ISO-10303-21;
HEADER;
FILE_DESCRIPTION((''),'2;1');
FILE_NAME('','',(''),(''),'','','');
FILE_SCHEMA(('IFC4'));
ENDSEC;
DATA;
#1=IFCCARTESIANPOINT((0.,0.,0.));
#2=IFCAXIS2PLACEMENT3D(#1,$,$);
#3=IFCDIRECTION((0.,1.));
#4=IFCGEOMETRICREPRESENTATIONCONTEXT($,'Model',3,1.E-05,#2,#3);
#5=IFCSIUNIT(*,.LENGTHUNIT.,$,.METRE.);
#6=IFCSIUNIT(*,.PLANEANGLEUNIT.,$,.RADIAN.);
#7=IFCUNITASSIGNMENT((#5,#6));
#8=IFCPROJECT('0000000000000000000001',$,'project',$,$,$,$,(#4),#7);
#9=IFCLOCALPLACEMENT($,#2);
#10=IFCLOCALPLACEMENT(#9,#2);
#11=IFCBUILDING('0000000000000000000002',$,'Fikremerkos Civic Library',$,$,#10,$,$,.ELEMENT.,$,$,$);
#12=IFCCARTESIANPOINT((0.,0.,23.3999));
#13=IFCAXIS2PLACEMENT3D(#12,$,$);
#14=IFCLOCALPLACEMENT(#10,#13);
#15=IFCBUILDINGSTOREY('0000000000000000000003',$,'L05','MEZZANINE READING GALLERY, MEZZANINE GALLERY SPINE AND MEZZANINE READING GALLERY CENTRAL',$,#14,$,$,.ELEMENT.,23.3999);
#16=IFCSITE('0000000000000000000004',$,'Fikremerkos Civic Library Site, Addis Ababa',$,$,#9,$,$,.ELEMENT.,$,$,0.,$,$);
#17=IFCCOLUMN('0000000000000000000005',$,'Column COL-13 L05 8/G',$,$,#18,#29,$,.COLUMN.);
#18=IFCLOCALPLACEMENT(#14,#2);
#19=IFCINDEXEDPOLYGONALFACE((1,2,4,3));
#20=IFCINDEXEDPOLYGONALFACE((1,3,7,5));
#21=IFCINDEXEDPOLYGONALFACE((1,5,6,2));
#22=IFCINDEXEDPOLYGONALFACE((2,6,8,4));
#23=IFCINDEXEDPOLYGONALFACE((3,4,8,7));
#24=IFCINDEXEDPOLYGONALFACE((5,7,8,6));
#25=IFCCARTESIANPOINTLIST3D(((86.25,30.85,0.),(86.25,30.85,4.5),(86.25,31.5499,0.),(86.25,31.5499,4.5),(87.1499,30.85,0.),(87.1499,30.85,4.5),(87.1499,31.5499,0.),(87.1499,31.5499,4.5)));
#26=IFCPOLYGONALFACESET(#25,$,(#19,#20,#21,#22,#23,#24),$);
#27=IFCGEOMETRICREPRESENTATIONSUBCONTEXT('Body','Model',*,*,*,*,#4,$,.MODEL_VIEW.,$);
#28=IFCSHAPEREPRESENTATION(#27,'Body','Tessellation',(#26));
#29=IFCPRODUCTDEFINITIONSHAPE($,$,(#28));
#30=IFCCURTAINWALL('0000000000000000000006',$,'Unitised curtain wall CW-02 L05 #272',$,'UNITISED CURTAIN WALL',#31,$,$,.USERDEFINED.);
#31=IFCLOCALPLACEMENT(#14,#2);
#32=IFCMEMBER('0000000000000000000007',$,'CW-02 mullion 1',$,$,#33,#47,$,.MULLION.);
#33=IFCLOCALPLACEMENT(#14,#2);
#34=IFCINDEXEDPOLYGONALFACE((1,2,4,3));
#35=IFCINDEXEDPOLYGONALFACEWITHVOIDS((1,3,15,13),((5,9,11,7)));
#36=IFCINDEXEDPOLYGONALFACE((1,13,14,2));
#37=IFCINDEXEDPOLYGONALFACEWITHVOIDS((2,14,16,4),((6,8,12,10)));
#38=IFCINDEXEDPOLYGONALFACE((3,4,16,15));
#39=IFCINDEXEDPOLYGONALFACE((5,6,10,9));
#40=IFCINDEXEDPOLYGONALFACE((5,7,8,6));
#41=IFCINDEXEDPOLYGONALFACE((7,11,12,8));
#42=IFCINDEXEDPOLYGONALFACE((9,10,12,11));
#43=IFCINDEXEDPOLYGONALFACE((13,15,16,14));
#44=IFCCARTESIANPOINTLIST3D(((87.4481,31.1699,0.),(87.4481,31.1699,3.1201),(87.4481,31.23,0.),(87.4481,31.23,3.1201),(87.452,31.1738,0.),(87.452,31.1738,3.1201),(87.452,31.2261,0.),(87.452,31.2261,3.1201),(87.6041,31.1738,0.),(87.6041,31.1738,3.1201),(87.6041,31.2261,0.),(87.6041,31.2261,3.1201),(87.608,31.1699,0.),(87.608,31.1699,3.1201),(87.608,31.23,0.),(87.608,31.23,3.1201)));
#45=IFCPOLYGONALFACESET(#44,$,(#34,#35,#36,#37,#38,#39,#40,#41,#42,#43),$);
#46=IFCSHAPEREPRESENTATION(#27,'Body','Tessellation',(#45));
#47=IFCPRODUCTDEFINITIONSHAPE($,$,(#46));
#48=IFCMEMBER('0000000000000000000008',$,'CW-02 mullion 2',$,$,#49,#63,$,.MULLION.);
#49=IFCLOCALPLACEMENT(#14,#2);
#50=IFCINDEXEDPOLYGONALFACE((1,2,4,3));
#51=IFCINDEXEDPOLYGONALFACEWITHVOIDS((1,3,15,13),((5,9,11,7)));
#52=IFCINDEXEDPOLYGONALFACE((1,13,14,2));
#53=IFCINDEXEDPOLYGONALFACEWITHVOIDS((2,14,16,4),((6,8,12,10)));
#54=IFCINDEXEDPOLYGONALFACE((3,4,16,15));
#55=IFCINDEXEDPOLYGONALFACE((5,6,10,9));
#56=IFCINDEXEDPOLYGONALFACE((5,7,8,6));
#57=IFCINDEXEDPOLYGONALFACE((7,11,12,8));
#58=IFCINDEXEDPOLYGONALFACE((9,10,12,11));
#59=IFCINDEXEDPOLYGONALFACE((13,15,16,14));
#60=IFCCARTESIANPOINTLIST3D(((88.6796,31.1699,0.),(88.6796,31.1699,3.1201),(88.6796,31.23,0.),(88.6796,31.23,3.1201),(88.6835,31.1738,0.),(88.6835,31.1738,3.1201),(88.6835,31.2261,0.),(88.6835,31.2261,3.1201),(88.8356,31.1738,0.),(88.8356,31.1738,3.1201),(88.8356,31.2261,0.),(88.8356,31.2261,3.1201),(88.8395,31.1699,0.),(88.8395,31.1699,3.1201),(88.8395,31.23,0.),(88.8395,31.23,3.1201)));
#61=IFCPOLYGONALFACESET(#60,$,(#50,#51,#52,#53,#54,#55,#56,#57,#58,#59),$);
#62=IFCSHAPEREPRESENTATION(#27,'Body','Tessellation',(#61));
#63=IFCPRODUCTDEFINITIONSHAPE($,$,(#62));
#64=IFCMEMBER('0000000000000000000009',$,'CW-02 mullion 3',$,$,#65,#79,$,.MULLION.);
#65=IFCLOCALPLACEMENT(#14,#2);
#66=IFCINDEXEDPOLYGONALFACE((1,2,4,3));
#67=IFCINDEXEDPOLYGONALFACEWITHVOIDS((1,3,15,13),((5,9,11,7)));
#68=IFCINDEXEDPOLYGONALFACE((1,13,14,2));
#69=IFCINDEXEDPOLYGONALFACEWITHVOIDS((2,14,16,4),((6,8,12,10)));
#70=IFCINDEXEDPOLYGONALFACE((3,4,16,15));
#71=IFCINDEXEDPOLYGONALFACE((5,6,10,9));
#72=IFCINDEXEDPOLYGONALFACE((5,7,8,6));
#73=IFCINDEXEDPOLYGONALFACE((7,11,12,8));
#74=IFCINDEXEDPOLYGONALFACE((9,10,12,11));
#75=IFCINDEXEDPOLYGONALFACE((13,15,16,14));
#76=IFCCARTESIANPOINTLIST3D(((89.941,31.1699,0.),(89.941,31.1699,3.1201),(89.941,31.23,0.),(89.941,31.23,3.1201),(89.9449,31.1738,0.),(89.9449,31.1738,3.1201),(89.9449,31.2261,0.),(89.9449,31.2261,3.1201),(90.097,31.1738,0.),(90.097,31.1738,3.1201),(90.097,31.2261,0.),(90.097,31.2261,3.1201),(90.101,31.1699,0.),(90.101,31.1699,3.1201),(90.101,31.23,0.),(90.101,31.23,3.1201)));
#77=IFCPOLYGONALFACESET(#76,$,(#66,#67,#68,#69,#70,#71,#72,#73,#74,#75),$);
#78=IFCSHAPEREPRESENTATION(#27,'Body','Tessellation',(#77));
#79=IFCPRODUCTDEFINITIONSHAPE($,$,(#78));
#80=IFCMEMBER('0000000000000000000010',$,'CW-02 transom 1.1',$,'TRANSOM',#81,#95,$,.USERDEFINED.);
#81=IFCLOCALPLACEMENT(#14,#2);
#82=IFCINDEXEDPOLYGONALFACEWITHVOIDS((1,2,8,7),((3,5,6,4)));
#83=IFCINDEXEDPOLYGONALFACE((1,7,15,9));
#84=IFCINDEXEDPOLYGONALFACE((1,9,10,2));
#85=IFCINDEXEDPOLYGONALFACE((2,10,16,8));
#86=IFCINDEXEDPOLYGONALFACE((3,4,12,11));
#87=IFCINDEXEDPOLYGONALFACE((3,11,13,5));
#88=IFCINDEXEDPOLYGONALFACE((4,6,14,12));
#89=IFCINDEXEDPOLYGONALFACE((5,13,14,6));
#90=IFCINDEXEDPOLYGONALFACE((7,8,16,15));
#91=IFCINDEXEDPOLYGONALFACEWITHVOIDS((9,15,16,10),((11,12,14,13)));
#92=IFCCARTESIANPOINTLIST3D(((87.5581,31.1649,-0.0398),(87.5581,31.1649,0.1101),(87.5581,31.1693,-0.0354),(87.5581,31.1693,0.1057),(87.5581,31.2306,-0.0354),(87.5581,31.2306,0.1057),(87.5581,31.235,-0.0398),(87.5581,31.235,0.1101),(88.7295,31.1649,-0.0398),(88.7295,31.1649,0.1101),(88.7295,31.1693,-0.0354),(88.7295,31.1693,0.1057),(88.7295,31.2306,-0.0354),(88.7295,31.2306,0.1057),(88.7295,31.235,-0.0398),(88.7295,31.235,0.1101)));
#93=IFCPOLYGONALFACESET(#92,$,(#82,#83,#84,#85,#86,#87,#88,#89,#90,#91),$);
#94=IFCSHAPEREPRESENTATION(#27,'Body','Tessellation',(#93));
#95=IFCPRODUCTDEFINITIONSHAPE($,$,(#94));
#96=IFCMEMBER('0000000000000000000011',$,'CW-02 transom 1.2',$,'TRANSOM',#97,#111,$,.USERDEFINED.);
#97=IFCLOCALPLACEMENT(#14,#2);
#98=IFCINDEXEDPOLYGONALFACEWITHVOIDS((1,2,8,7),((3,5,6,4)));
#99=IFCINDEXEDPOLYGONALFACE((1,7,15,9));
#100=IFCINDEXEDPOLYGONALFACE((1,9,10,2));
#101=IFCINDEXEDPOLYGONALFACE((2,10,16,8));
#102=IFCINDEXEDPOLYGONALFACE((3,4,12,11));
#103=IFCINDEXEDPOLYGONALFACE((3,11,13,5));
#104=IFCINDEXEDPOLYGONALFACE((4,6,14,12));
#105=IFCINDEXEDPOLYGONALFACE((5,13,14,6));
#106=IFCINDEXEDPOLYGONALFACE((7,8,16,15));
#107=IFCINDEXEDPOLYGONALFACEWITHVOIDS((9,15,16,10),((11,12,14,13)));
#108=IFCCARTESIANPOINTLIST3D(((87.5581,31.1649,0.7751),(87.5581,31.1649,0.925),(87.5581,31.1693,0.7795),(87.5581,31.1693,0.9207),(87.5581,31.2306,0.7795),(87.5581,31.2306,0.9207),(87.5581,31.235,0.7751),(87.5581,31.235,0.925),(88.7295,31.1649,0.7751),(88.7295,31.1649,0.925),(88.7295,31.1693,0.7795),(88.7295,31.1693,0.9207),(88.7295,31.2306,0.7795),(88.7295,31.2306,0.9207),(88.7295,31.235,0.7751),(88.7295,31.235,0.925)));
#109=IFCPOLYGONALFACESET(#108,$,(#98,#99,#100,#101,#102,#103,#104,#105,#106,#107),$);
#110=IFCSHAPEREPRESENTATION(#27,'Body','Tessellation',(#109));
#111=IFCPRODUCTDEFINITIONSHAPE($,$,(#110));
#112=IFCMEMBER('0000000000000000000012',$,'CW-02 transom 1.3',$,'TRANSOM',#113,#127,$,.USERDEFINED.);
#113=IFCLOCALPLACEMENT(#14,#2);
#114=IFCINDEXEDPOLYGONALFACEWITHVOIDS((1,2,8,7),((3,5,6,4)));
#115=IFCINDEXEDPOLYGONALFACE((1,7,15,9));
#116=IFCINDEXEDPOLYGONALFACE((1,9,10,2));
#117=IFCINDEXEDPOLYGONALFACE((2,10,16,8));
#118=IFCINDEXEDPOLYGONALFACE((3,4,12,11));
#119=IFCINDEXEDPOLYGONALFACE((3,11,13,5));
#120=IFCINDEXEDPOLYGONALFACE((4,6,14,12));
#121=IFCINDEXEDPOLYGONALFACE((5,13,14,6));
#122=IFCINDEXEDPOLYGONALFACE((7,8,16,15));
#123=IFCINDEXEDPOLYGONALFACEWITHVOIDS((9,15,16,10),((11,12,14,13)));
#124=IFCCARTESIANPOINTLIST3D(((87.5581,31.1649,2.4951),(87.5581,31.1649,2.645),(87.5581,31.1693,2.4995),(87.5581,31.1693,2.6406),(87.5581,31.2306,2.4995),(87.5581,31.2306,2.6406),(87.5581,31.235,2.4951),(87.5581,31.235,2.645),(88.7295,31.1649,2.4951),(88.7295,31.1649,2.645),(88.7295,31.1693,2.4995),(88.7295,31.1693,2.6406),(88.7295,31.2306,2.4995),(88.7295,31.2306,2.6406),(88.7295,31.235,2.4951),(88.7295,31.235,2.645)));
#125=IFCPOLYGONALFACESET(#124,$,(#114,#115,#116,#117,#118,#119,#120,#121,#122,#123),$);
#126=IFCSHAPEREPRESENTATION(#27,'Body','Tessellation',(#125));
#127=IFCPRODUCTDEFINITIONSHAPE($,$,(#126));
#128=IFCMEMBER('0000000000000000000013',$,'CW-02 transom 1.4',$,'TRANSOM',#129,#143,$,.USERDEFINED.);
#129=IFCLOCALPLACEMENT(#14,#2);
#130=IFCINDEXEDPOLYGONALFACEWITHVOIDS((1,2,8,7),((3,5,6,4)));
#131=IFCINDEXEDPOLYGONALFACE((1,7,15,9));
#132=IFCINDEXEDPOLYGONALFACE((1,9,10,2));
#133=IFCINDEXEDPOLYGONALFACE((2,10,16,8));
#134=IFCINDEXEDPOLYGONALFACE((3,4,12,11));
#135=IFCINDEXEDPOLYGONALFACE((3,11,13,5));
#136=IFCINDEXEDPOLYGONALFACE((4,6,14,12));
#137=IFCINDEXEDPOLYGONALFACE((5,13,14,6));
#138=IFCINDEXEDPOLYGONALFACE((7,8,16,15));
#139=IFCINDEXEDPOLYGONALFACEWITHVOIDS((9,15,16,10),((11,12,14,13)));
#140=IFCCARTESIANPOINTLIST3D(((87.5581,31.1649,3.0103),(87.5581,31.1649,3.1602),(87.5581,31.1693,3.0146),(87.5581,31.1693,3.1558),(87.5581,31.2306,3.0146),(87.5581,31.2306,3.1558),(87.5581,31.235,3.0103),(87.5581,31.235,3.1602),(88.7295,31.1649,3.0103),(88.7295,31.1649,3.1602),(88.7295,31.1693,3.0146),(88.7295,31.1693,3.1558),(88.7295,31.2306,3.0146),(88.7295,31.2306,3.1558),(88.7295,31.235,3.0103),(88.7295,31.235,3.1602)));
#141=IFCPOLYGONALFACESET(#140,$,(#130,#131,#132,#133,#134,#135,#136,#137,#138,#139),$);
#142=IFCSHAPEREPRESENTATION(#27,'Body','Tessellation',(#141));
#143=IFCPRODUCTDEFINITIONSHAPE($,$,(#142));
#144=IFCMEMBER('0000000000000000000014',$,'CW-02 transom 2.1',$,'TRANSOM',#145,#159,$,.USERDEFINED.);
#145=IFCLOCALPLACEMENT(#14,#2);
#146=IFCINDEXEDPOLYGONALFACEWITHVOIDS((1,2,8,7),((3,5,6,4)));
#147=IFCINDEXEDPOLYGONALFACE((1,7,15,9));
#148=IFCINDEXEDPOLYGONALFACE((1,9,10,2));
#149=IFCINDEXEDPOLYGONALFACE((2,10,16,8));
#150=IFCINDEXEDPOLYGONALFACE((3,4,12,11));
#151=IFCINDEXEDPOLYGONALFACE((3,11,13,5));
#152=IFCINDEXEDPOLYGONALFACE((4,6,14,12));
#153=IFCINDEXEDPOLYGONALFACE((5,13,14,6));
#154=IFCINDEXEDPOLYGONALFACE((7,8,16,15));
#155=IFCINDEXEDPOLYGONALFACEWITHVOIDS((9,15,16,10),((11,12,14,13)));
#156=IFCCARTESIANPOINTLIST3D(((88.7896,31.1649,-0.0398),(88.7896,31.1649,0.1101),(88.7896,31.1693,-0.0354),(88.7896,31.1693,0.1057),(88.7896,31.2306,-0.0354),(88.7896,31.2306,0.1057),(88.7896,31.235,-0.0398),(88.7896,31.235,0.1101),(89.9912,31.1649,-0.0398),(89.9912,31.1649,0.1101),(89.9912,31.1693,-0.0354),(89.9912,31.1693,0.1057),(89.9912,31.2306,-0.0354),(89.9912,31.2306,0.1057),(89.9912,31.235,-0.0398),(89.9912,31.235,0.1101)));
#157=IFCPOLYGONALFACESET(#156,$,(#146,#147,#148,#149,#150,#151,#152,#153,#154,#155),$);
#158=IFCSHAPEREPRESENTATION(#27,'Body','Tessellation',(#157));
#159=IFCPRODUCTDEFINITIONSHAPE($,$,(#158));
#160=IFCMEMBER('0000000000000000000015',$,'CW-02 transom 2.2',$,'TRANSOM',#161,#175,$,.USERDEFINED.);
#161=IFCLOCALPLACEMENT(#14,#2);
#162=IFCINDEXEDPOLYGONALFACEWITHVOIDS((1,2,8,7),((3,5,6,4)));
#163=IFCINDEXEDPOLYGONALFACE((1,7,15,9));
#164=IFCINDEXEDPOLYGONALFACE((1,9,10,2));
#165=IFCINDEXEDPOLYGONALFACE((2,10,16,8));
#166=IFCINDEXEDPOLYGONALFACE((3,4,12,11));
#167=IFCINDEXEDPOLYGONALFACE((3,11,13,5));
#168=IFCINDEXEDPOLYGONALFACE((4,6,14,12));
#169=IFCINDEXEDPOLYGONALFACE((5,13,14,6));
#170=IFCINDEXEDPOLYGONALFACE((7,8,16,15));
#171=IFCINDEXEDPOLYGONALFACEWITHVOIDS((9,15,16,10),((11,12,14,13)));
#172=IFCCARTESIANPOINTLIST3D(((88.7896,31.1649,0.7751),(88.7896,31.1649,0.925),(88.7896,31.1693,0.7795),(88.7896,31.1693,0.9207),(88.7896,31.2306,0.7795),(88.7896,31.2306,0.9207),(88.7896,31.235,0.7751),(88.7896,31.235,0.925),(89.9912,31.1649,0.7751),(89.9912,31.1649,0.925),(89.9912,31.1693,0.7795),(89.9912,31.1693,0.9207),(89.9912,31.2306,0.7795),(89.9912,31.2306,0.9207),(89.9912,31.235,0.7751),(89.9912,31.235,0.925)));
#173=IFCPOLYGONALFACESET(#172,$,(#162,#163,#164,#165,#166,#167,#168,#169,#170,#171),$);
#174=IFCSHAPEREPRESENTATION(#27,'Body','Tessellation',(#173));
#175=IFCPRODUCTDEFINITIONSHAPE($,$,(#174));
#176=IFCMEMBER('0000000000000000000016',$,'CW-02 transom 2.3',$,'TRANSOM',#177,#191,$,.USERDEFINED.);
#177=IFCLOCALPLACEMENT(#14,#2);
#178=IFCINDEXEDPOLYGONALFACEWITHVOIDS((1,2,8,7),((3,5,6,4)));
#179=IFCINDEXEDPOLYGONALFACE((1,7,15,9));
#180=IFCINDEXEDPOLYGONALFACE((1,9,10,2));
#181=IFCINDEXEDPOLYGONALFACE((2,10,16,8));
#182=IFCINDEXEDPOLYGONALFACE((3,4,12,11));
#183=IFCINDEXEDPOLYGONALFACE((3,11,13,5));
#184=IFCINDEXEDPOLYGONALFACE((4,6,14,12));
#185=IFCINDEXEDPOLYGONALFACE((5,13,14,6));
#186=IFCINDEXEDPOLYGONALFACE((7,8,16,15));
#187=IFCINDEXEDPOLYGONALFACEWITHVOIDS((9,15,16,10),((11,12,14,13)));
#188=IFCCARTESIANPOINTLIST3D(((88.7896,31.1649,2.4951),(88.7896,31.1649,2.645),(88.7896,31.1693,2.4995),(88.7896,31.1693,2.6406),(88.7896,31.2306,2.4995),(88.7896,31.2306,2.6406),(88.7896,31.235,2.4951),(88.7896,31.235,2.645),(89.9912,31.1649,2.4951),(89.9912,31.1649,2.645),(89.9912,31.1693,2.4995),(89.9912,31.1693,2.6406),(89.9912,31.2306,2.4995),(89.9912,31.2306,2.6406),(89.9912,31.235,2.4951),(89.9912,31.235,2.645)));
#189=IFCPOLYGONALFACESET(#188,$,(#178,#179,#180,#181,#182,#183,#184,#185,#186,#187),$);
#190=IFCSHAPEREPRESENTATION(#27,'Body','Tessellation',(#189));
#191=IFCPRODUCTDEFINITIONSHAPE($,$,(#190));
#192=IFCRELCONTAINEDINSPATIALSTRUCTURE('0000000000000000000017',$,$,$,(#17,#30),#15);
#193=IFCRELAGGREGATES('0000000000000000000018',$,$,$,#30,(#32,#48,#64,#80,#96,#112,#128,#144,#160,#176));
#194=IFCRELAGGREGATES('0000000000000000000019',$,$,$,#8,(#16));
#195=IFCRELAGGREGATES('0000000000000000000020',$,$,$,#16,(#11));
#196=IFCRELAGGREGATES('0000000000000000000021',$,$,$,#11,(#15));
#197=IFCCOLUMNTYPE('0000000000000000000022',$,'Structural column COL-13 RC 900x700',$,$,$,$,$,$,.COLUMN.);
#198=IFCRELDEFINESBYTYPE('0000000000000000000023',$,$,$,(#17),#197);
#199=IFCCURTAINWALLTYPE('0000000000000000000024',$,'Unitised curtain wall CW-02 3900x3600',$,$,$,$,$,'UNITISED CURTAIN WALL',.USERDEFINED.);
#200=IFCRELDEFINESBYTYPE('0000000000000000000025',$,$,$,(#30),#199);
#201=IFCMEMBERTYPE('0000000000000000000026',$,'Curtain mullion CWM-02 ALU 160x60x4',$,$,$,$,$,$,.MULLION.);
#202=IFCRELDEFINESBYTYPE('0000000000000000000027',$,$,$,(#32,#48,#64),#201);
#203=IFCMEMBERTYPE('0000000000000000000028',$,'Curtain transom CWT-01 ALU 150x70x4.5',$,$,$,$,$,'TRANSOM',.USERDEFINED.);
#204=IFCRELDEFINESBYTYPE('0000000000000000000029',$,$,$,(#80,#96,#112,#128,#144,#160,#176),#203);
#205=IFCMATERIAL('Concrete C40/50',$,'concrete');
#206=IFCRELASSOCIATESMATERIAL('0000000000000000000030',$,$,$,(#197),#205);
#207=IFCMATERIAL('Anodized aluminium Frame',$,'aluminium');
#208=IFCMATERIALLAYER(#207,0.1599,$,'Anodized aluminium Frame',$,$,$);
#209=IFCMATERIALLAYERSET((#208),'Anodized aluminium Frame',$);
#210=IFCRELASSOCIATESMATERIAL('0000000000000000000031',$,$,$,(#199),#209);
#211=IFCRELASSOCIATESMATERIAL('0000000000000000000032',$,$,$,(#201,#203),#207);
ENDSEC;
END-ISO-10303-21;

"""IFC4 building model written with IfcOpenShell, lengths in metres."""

from ifc_helpers import new_model, si_unit, direction, frame, origin, origin_2d, place, context, subcontext, project, spatial, rectangle, hollow_rectangle, extrude, material, layer, layer_set, material_profile, profile_set, type_object, element, aggregate, save


model = new_model("IFC4")

# Units and contexts
model_context = context("Model", 3, precision=1e-05, world=origin(), true_north=direction((0.0, 1.0)))
body_context = subcontext(model_context, "Body", "Model", "MODEL_VIEW")
ifc_project = project(units=[si_unit("LENGTHUNIT", "METRE"), si_unit("PLANEANGLEUNIT", "RADIAN")], contexts=[model_context])

# Site, building, storey
site_placement = place(None, origin())
site = spatial("IfcSite", under=ifc_project, at=site_placement, Name="Fikremerkos Civic Library Site, Addis Ababa", CompositionType="ELEMENT", RefElevation=0.0)
building_placement = place(site_placement, origin())
building = spatial("IfcBuilding", under=site, at=building_placement, Name="Fikremerkos Civic Library", CompositionType="ELEMENT")
storey_placement = place(building_placement, frame((0.0, 0.0, 23.3999)))
storey = spatial("IfcBuildingStorey", under=building, at=storey_placement, Name="L05", Description="MEZZANINE READING GALLERY, MEZZANINE GALLERY SPINE AND MEZZANINE READING GALLERY CENTRAL", CompositionType="ELEMENT", Elevation=23.3999)

# Column
ifc_material_1 = material(Name="Concrete C40/50", Category="concrete")
ifc_material_profile_1 = material_profile(ifc_material_1, rectangle(XDim=0.8999, YDim=0.7, at=origin_2d()), Name="RC 900x700")
ifc_profile_set_1 = profile_set([ifc_material_profile_1], Name="Concrete C40/50")
column_type = type_object("IfcColumnType", Name="Structural column COL-13 RC 900x700", PredefinedType="COLUMN", material=ifc_profile_set_1)
column_placement = place(storey_placement, frame((86.7, 31.2, 0.0), z_axis=(0.0, 0.0, 1.0), x_axis=(1.0, 0.0, 0.0)))
element("IfcColumn", 1, at=column_placement, inside=storey, type_object=column_type, Name="Column COL-13 L05 8/G", PredefinedType="COLUMN", context=body_context, shape_type="SweptSolid", body=[
    extrude(rectangle(XDim=0.8999, YDim=0.7, at=origin_2d()), origin(), (0.0, 0.0, 1.0), 4.5),
])

# Curtain wall, members
ifc_material_2 = material(Name="Anodized aluminium Frame", Category="aluminium")
ifc_layer_1 = layer(ifc_material_2, 0.1599, Name="Anodized aluminium Frame")
ifc_layer_set_1 = layer_set([ifc_layer_1], Name="Anodized aluminium Frame")
curtain_wall_type = type_object("IfcCurtainWallType", Name="Unitised curtain wall CW-02 3900x3600", ElementType="UNITISED CURTAIN WALL", PredefinedType="USERDEFINED", material=ifc_layer_set_1)
curtain_wall_placement = place(storey_placement, origin())
curtain_wall = element("IfcCurtainWall", 2, at=curtain_wall_placement, inside=storey, type_object=curtain_wall_type, Name="Unitised curtain wall CW-02 L05 #272", ObjectType="UNITISED CURTAIN WALL", PredefinedType="USERDEFINED")
ifc_material_profile_2 = material_profile(ifc_material_2, hollow_rectangle(XDim=0.0601, YDim=0.1599, WallThickness=0.0039, at=origin_2d()), Name="ALU 160x60x4")
ifc_profile_set_2 = profile_set([ifc_material_profile_2], Name="Anodized aluminium Frame")
member_type_1 = type_object("IfcMemberType", Name="Curtain mullion CWM-02 ALU 160x60x4", PredefinedType="MULLION", material=ifc_profile_set_2)
member_1_placement = place(storey_placement, frame((87.5281, 31.2, 0.0), z_axis=(0.0, 0.0, 1.0), x_axis=(0.0, 1.0, 0.0)))
member_1 = element("IfcMember", 3, at=member_1_placement, type_object=member_type_1, Name="CW-02 mullion 1", PredefinedType="MULLION", context=body_context, shape_type="SweptSolid", body=[
    extrude(hollow_rectangle(XDim=0.0601, YDim=0.1599, WallThickness=0.0039, at=origin_2d()), origin(), (0.0, 0.0, 1.0), 3.1201),
])
member_2_placement = place(storey_placement, frame((88.7595, 31.2, 0.0), z_axis=(0.0, 0.0, 1.0), x_axis=(0.0, 1.0, 0.0)))
member_2 = element("IfcMember", 4, at=member_2_placement, type_object=member_type_1, Name="CW-02 mullion 2", PredefinedType="MULLION", context=body_context, shape_type="SweptSolid", body=[
    extrude(hollow_rectangle(XDim=0.0601, YDim=0.1599, WallThickness=0.0039, at=origin_2d()), origin(), (0.0, 0.0, 1.0), 3.1201),
])
member_3_placement = place(storey_placement, frame((90.021, 31.2, 0.0), z_axis=(0.0, 0.0, 1.0), x_axis=(0.0, 1.0, 0.0)))
member_3 = element("IfcMember", 5, at=member_3_placement, type_object=member_type_1, Name="CW-02 mullion 3", PredefinedType="MULLION", context=body_context, shape_type="SweptSolid", body=[
    extrude(hollow_rectangle(XDim=0.0601, YDim=0.1599, WallThickness=0.0039, at=origin_2d()), origin(), (0.0, 0.0, 1.0), 3.1201),
])
ifc_material_profile_3 = material_profile(ifc_material_2, hollow_rectangle(XDim=0.0701, YDim=0.1499, WallThickness=0.0044, at=origin_2d()), Name="ALU 150x70x4.5")
ifc_profile_set_3 = profile_set([ifc_material_profile_3], Name="Anodized aluminium Frame")
member_type_2 = type_object("IfcMemberType", Name="Curtain transom CWT-01 ALU 150x70x4.5", ElementType="TRANSOM", PredefinedType="USERDEFINED", material=ifc_profile_set_3)
member_4_placement = place(storey_placement, frame((87.5581, 31.2, 0.0352), z_axis=(1.0, 0.0, 0.0), x_axis=(0.0, 1.0, 0.0)))
member_4 = element("IfcMember", 6, at=member_4_placement, type_object=member_type_2, Name="CW-02 transom 1.1", ObjectType="TRANSOM", PredefinedType="USERDEFINED", context=body_context, shape_type="SweptSolid", body=[
    extrude(hollow_rectangle(XDim=0.0701, YDim=0.1499, WallThickness=0.0044, at=origin_2d()), origin(), (0.0, 0.0, 1.0), 1.1714),
])
member_5_placement = place(storey_placement, frame((87.5581, 31.2, 0.8501), z_axis=(1.0, 0.0, 0.0), x_axis=(0.0, 1.0, 0.0)))
member_5 = element("IfcMember", 7, at=member_5_placement, type_object=member_type_2, Name="CW-02 transom 1.2", ObjectType="TRANSOM", PredefinedType="USERDEFINED", context=body_context, shape_type="SweptSolid", body=[
    extrude(hollow_rectangle(XDim=0.0701, YDim=0.1499, WallThickness=0.0044, at=origin_2d()), origin(), (0.0, 0.0, 1.0), 1.1714),
])
member_6_placement = place(storey_placement, frame((87.5581, 31.2, 2.5701), z_axis=(1.0, 0.0, 0.0), x_axis=(0.0, 1.0, 0.0)))
member_6 = element("IfcMember", 8, at=member_6_placement, type_object=member_type_2, Name="CW-02 transom 1.3", ObjectType="TRANSOM", PredefinedType="USERDEFINED", context=body_context, shape_type="SweptSolid", body=[
    extrude(hollow_rectangle(XDim=0.0701, YDim=0.1499, WallThickness=0.0044, at=origin_2d()), origin(), (0.0, 0.0, 1.0), 1.1714),
])
member_7_placement = place(storey_placement, frame((87.5581, 31.2, 3.0852), z_axis=(1.0, 0.0, 0.0), x_axis=(0.0, 1.0, 0.0)))
member_7 = element("IfcMember", 9, at=member_7_placement, type_object=member_type_2, Name="CW-02 transom 1.4", ObjectType="TRANSOM", PredefinedType="USERDEFINED", context=body_context, shape_type="SweptSolid", body=[
    extrude(hollow_rectangle(XDim=0.0701, YDim=0.1499, WallThickness=0.0044, at=origin_2d()), origin(), (0.0, 0.0, 1.0), 1.1714),
])
member_8_placement = place(storey_placement, frame((88.7896, 31.2, 0.0352), z_axis=(1.0, 0.0, 0.0), x_axis=(0.0, 1.0, 0.0)))
member_8 = element("IfcMember", 10, at=member_8_placement, type_object=member_type_2, Name="CW-02 transom 2.1", ObjectType="TRANSOM", PredefinedType="USERDEFINED", context=body_context, shape_type="SweptSolid", body=[
    extrude(hollow_rectangle(XDim=0.0701, YDim=0.1499, WallThickness=0.0044, at=origin_2d()), origin(), (0.0, 0.0, 1.0), 1.2017),
])
member_9_placement = place(storey_placement, frame((88.7896, 31.2, 0.8501), z_axis=(1.0, 0.0, 0.0), x_axis=(0.0, 1.0, 0.0)))
member_9 = element("IfcMember", 11, at=member_9_placement, type_object=member_type_2, Name="CW-02 transom 2.2", ObjectType="TRANSOM", PredefinedType="USERDEFINED", context=body_context, shape_type="SweptSolid", body=[
    extrude(hollow_rectangle(XDim=0.0701, YDim=0.1499, WallThickness=0.0044, at=origin_2d()), origin(), (0.0, 0.0, 1.0), 1.2017),
])
member_10_placement = place(storey_placement, frame((88.7896, 31.2, 2.5701), z_axis=(1.0, 0.0, 0.0), x_axis=(0.0, 1.0, 0.0)))
member_10 = element("IfcMember", 12, at=member_10_placement, type_object=member_type_2, Name="CW-02 transom 2.3", ObjectType="TRANSOM", PredefinedType="USERDEFINED", context=body_context, shape_type="SweptSolid", body=[
    extrude(hollow_rectangle(XDim=0.0701, YDim=0.1499, WallThickness=0.0044, at=origin_2d()), origin(), (0.0, 0.0, 1.0), 1.2017),
])

aggregate(curtain_wall, [member_1, member_2, member_3, member_4, member_5, member_6, member_7, member_8, member_9, member_10])

save(model, "model.ifc")
